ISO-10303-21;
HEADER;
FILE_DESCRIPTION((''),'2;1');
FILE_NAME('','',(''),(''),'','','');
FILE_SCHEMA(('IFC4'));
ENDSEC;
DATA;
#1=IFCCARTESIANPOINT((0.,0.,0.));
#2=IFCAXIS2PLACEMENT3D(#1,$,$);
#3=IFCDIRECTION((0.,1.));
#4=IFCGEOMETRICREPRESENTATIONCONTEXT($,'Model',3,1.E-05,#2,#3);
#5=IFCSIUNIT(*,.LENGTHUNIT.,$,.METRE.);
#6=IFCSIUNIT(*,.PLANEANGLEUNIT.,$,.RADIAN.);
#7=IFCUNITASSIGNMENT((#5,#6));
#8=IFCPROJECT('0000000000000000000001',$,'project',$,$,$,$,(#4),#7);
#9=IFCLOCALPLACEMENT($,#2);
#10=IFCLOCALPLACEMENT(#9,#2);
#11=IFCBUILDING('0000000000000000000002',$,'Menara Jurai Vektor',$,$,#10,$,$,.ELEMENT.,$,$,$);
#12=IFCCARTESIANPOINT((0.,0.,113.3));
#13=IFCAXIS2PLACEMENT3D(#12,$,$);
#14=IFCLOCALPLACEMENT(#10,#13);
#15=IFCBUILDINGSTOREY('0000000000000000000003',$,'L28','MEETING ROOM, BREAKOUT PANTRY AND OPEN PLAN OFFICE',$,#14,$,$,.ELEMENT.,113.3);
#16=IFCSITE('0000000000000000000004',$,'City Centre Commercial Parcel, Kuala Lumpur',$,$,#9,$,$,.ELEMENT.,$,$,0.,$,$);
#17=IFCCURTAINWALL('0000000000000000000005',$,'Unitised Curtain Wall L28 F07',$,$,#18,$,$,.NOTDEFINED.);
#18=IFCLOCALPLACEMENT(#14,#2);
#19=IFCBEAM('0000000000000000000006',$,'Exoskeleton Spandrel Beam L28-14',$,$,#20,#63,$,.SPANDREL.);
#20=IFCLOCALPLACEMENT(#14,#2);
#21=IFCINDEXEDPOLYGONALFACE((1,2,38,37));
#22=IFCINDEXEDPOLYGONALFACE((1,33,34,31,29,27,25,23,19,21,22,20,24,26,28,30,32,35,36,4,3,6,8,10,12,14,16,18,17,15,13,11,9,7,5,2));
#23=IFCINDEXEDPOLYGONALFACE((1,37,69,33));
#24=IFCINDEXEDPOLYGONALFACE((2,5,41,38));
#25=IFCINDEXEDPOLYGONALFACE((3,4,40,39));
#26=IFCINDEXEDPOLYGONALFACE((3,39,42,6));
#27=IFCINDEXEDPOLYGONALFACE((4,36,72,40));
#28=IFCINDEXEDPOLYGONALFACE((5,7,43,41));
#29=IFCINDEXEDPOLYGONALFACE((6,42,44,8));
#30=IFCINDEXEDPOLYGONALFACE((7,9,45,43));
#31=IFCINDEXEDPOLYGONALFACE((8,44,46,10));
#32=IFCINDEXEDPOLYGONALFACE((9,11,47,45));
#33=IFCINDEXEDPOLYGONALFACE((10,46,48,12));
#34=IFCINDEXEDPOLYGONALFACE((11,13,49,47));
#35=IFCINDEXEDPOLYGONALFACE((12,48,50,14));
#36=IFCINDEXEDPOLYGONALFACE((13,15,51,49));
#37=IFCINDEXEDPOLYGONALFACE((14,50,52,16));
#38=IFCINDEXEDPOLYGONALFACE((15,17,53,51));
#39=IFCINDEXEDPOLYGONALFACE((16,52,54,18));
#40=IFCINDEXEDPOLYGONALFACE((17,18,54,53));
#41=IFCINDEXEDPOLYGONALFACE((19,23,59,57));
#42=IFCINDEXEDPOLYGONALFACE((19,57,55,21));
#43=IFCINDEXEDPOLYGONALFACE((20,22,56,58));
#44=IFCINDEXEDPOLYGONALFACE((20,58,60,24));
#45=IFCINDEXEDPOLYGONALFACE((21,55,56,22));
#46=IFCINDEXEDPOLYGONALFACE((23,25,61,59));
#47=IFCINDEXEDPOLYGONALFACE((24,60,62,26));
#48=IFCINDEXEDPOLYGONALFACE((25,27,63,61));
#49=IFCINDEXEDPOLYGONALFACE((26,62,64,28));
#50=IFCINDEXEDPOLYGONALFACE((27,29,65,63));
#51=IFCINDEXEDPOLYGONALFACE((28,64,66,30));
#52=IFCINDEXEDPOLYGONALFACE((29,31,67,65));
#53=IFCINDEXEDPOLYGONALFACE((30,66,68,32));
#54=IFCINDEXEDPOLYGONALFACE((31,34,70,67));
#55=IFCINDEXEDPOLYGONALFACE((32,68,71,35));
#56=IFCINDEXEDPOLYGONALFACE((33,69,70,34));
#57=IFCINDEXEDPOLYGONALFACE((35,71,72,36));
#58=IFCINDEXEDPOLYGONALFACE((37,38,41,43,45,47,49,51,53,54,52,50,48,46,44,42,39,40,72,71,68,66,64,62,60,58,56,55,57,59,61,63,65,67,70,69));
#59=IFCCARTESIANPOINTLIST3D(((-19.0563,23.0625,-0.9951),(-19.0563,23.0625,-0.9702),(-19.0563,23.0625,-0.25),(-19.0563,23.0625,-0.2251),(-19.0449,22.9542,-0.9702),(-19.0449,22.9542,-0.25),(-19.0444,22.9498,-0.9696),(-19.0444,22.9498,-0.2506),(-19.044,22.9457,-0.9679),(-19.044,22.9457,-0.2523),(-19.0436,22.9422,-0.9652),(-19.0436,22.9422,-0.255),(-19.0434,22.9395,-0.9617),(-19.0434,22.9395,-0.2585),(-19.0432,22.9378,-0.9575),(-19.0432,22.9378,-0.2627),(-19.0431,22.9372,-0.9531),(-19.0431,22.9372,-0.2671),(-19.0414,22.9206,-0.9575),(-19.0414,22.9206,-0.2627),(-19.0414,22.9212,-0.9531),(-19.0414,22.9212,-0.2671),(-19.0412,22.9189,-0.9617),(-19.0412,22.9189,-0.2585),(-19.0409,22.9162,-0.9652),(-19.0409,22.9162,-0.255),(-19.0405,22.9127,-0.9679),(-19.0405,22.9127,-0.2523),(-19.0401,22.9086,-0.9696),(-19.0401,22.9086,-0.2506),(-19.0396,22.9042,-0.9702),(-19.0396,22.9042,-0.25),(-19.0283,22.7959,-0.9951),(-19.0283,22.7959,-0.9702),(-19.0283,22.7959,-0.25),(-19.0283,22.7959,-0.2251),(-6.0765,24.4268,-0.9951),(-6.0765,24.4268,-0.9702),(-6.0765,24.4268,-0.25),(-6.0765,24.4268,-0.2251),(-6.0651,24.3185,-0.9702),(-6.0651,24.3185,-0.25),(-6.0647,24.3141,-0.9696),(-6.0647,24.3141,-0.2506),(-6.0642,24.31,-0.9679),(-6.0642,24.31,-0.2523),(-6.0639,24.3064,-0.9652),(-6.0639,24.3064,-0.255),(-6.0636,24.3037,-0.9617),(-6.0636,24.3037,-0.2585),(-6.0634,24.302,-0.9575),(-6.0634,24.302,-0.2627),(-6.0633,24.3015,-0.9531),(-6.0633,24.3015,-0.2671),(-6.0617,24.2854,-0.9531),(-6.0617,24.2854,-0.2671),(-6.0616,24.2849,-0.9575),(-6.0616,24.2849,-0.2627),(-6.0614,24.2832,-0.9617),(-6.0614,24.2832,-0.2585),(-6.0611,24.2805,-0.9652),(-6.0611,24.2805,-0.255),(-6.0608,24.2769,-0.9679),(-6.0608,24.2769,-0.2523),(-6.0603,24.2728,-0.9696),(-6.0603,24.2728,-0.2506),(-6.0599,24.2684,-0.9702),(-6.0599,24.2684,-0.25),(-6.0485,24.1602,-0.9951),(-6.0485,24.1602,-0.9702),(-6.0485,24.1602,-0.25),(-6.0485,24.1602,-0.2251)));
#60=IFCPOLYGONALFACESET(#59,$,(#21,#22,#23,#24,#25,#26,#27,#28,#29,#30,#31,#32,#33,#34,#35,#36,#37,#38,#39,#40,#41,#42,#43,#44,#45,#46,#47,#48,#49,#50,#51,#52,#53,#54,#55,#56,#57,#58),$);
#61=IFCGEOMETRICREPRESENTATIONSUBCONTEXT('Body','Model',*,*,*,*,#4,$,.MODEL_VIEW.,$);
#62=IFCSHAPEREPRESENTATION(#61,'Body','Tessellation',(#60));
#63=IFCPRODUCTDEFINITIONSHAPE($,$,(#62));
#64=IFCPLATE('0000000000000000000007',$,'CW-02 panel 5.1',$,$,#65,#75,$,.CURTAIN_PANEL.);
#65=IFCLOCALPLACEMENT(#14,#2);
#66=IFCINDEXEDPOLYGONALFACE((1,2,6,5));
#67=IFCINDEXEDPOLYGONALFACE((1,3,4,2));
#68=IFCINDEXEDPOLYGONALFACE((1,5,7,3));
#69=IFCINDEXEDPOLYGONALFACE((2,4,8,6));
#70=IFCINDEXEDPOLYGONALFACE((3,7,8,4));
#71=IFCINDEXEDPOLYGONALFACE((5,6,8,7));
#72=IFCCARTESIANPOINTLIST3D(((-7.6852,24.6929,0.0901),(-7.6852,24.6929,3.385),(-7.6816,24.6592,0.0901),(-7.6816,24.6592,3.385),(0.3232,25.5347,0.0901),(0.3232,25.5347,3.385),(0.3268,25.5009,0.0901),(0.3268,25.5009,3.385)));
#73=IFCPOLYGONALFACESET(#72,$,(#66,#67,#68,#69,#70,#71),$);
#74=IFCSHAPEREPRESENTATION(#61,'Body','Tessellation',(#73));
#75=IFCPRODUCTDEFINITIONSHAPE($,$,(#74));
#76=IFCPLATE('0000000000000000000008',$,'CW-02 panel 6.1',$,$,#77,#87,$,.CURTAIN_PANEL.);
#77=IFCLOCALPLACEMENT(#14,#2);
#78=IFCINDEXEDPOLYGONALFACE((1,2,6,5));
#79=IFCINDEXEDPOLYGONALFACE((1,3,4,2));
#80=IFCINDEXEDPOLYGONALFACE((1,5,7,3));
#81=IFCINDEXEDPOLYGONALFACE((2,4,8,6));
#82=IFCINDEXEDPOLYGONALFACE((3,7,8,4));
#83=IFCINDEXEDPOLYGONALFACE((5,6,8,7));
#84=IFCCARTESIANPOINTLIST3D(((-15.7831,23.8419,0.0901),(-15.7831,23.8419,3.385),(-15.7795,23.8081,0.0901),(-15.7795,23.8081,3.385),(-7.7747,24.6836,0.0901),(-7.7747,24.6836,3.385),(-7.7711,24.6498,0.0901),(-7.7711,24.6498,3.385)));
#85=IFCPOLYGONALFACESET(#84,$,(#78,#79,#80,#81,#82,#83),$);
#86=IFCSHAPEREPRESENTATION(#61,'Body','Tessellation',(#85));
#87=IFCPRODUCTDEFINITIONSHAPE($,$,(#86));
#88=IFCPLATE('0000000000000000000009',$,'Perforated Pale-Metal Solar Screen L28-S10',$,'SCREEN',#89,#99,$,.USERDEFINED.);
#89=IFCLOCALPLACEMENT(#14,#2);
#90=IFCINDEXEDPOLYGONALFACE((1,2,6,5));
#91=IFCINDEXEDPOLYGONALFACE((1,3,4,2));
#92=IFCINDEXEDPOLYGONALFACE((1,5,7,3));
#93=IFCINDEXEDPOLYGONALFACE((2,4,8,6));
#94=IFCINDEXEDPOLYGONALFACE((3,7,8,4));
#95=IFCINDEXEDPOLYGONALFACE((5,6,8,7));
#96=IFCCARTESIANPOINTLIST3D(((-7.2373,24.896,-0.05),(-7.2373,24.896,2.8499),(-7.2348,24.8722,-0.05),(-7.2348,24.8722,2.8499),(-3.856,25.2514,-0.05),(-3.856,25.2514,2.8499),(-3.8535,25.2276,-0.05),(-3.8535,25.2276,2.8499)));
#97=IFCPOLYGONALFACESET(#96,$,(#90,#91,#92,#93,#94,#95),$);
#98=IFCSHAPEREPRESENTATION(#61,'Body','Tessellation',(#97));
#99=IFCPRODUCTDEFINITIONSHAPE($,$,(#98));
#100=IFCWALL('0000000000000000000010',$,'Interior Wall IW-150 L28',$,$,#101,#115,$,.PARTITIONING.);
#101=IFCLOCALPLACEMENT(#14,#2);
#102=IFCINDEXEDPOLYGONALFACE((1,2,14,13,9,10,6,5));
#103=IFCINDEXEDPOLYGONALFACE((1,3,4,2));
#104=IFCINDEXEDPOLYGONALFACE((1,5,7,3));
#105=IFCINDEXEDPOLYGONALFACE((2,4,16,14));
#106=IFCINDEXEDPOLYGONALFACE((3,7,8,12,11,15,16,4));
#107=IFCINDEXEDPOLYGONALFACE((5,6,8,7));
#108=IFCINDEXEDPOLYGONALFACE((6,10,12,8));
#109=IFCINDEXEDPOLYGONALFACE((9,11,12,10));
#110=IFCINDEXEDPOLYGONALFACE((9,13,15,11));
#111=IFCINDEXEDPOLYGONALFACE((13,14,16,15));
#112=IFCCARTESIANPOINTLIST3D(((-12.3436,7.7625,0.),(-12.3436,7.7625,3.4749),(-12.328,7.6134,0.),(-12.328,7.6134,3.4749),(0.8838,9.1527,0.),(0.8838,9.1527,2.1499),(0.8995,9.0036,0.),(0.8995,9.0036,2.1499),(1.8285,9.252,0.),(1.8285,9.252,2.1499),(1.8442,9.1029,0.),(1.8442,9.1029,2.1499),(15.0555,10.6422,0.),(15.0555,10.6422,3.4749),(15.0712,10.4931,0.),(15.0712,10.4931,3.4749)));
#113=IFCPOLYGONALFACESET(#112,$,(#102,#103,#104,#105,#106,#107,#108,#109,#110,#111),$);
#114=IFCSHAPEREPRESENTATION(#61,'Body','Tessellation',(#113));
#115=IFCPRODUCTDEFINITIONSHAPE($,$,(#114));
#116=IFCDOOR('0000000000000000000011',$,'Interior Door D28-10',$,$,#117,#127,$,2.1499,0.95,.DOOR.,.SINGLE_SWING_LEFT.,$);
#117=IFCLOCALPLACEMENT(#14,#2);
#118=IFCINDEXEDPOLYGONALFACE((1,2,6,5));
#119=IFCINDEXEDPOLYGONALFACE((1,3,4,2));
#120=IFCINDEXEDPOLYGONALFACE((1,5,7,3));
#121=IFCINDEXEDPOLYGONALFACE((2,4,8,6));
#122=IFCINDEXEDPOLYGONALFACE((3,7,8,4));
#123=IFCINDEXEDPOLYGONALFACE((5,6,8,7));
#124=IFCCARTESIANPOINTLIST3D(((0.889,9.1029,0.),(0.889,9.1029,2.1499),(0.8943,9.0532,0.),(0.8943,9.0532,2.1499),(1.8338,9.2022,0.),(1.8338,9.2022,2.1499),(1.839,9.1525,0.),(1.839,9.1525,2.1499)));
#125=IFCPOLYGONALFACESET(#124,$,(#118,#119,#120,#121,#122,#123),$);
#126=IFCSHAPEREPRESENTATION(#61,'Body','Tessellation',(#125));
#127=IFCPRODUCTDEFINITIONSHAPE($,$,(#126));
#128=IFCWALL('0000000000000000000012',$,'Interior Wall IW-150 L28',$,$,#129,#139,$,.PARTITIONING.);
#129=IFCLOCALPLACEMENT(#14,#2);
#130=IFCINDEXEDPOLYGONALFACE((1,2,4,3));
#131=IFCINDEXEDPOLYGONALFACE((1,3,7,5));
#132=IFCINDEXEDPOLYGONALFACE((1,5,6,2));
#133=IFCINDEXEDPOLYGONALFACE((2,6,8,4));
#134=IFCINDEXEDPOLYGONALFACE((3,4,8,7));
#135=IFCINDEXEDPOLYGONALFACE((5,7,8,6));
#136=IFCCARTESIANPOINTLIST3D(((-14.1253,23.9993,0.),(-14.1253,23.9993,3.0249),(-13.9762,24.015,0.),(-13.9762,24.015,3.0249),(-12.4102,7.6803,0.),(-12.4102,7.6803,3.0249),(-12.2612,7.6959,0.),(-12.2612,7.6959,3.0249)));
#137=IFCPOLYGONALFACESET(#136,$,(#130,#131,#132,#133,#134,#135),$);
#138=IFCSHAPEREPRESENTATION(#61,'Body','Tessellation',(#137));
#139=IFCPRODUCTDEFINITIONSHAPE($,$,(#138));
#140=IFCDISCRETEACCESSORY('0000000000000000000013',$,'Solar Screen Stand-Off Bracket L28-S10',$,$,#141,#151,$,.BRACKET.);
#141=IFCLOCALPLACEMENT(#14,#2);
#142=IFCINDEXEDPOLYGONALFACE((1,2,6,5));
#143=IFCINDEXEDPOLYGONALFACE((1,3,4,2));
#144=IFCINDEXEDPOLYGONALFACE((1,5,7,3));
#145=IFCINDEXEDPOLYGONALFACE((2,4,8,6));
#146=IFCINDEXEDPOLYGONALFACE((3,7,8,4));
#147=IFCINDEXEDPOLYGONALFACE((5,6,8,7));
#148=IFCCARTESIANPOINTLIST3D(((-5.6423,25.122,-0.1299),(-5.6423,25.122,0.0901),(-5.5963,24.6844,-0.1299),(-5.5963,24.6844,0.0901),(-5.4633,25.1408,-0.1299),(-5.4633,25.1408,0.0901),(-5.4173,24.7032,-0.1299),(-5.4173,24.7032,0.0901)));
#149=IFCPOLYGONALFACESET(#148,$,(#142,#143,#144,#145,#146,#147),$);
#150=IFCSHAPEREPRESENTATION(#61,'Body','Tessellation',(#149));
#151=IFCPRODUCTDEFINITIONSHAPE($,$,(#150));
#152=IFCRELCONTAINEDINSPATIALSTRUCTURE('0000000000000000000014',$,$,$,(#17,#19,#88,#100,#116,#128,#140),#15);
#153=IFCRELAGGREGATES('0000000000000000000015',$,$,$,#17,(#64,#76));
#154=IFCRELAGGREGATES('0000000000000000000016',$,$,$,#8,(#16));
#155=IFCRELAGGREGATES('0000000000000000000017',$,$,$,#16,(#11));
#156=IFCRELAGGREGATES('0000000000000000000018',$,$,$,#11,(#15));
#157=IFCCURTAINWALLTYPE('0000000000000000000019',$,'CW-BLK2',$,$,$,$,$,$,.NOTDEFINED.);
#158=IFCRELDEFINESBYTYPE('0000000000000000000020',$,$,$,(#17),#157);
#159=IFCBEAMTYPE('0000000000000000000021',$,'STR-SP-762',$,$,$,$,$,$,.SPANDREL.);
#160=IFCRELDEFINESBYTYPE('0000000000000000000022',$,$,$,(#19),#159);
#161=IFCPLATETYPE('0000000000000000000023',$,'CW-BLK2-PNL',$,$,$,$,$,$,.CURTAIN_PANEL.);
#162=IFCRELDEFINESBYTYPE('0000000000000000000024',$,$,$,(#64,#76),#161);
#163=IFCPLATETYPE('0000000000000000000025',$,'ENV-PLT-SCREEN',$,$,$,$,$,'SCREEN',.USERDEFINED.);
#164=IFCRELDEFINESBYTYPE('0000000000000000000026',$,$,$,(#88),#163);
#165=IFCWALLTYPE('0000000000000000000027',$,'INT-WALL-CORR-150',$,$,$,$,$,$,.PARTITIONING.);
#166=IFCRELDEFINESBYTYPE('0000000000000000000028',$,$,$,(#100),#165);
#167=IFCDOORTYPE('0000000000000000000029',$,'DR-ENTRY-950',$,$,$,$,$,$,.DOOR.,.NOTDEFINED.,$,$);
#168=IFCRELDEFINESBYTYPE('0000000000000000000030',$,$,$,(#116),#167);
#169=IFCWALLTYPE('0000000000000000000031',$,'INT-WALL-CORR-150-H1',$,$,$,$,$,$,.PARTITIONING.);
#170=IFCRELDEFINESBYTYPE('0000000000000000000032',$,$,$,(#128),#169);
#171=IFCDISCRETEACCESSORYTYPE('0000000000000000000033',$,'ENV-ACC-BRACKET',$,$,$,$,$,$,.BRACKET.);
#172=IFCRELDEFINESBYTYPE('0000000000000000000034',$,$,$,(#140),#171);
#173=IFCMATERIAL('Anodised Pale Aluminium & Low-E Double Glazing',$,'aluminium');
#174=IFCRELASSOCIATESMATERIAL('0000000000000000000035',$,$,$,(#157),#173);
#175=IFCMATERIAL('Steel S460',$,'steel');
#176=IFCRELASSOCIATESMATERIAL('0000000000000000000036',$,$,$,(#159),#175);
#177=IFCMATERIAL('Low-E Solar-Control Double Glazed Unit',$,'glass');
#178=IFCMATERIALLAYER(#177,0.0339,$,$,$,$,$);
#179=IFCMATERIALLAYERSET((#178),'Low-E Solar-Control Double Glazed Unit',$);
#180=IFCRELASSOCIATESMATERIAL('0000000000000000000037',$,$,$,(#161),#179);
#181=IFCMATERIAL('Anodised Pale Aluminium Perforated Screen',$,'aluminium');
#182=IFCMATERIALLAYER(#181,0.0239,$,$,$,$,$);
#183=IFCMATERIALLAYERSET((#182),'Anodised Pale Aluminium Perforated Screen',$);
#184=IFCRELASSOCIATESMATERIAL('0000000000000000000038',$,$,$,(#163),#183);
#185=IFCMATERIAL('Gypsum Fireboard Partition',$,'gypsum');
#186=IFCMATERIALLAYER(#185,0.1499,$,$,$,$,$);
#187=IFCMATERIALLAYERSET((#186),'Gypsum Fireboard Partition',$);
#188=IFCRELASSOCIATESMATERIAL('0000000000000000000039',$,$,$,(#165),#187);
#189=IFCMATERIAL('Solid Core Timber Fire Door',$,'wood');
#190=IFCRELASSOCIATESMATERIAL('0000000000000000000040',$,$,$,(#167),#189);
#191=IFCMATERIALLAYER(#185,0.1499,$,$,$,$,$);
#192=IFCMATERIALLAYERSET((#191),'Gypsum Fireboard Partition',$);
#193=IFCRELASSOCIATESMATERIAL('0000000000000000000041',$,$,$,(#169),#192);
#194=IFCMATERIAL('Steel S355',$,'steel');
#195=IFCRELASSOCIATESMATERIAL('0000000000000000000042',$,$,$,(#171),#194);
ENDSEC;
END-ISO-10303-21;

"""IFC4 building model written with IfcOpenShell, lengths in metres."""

from ifc_helpers import new_model, si_unit, direction, frame, frame_2d, origin, origin_2d, place, context, subcontext, project, spatial, rectangle, i_section, extrude, material, layer, layer_set, material_profile, profile_set, type_object, element, fill, aggregate, save


model = new_model("IFC4")

# Units and contexts
model_context = context("Model", 3, precision=1e-05, world=origin(), true_north=direction((0.0, 1.0)))
body_context = subcontext(model_context, "Body", "Model", "MODEL_VIEW")
ifc_project = project(units=[si_unit("LENGTHUNIT", "METRE"), si_unit("PLANEANGLEUNIT", "RADIAN")], contexts=[model_context])

# Site, building, storey
site_placement = place(None, origin())
site = spatial("IfcSite", under=ifc_project, at=site_placement, Name="City Centre Commercial Parcel, Kuala Lumpur", CompositionType="ELEMENT", RefElevation=0.0)
building_placement = place(site_placement, origin())
building = spatial("IfcBuilding", under=site, at=building_placement, Name="Menara Jurai Vektor", CompositionType="ELEMENT")
storey_placement = place(building_placement, frame((0.0, 0.0, 113.3)))
storey = spatial("IfcBuildingStorey", under=building, at=storey_placement, Name="L28", Description="MEETING ROOM, BREAKOUT PANTRY AND OPEN PLAN OFFICE", CompositionType="ELEMENT", Elevation=113.3)

# Shared definitions
ifc_material_1 = material(Name="Steel S460", Category="steel")

# Curtain wall
ifc_material_2 = material(Name="Anodised Pale Aluminium & Low-E Double Glazing", Category="aluminium")
curtain_wall_type = type_object("IfcCurtainWallType", Name="CW-BLK2", PredefinedType="NOTDEFINED", material=ifc_material_2)
curtain_wall_placement = place(storey_placement, origin())
curtain_wall = element("IfcCurtainWall", 1, at=curtain_wall_placement, inside=storey, type_object=curtain_wall_type, Name="Unitised Curtain Wall L28 F07", PredefinedType="NOTDEFINED")

# Beam
ifc_material_3 = material(Name="Steel S355", Category="steel")
ifc_material_profile_1 = material_profile(ifc_material_1, i_section(OverallWidth=0.2681, OverallDepth=0.77, WebThickness=0.0161, FlangeThickness=0.0249, FilletRadius=0.0171, at=origin_2d()), Name="UKB 762x267x197")
ifc_profile_set_1 = profile_set([ifc_material_profile_1], Name="Steel S460")
beam_type_1 = type_object("IfcBeamType", Name="STR-SP-762", PredefinedType="SPANDREL", material=ifc_profile_set_1)
beam_1_placement = place(storey_placement, frame((-6.0625, 24.2935, -0.6101), z_axis=(-0.994522, -0.104531, 0.0), x_axis=(0.104531, -0.994522, 0.0)))
element("IfcBeam", 2, at=beam_1_placement, inside=storey, type_object=beam_type_1, Name="Exoskeleton Spandrel Beam L28-14", PredefinedType="SPANDREL", context=body_context, shape_type="SweptSolid", body=[
    extrude(i_section(OverallWidth=0.2681, OverallDepth=0.77, WebThickness=0.0161, FlangeThickness=0.0249, FilletRadius=0.0171, at=origin_2d()), origin(), (0.0, 0.0, 1.0), 13.0513),
])

# Plates
ifc_material_4 = material(Name="Low-E Solar-Control Double Glazed Unit", Category="glass")
ifc_layer_1 = layer(ifc_material_4, 0.0339)
ifc_layer_set_1 = layer_set([ifc_layer_1], Name="Low-E Solar-Control Double Glazed Unit")
plate_type_1 = type_object("IfcPlateType", Name="CW-BLK2-PNL", PredefinedType="CURTAIN_PANEL", material=ifc_layer_set_1)
plate_1_placement = place(storey_placement, frame((-3.6792, 25.0969, 0.0901), z_axis=(0.0, 0.0, 1.0), x_axis=(-0.994522, -0.104529, 0.0)))
plate_1 = element("IfcPlate", 3, at=plate_1_placement, type_object=plate_type_1, Name="CW-02 panel 5.1", PredefinedType="CURTAIN_PANEL", context=body_context, shape_type="SweptSolid", body=[
    extrude(rectangle(XDim=8.0525, YDim=0.0339, at=origin_2d()), origin(), (0.0, 0.0, 1.0), 3.2949),
])
plate_2_placement = place(storey_placement, frame((-11.7771, 24.2458, 0.0901), z_axis=(0.0, 0.0, 1.0), x_axis=(-0.994522, -0.104529, 0.0)))
plate_2 = element("IfcPlate", 4, at=plate_2_placement, type_object=plate_type_1, Name="CW-02 panel 6.1", PredefinedType="CURTAIN_PANEL", context=body_context, shape_type="SweptSolid", body=[
    extrude(rectangle(XDim=8.0525, YDim=0.0339, at=origin_2d()), origin(), (0.0, 0.0, 1.0), 3.2949),
])
aggregate(curtain_wall, [plate_1, plate_2])
ifc_material_5 = material(Name="Anodised Pale Aluminium Perforated Screen", Category="aluminium")
ifc_layer_2 = layer(ifc_material_5, 0.0239)
ifc_layer_set_2 = layer_set([ifc_layer_2], Name="Anodised Pale Aluminium Perforated Screen")
plate_type_2 = type_object("IfcPlateType", Name="ENV-PLT-SCREEN", ElementType="SCREEN", PredefinedType="USERDEFINED", material=ifc_layer_set_2)
plate_3_placement = place(storey_placement, frame((-5.5454, 25.0618, -0.05), z_axis=(0.0, 0.0, 1.0), x_axis=(-0.994522, -0.104528, 0.0)))
element("IfcPlate", 5, at=plate_3_placement, inside=storey, type_object=plate_type_2, Name="Perforated Pale-Metal Solar Screen L28-S10", ObjectType="SCREEN", PredefinedType="USERDEFINED", context=body_context, shape_type="SweptSolid", body=[
    extrude(rectangle(XDim=3.3999, YDim=0.0239, at=origin_2d()), origin(), (0.0, 0.0, 1.0), 2.8999),
])

# Wall, opening, door
ifc_material_6 = material(Name="Gypsum Fireboard Partition", Category="gypsum")
ifc_layer_3 = layer(ifc_material_6, 0.1499)
ifc_layer_set_3 = layer_set([ifc_layer_3], Name="Gypsum Fireboard Partition")
wall_type_1 = type_object("IfcWallType", Name="INT-WALL-CORR-150", PredefinedType="PARTITIONING", material=ifc_layer_set_3)
wall_1_placement = place(storey_placement, frame((-12.3357, 7.688, 0.0), z_axis=(0.0, 0.0, 1.0), x_axis=(0.994522, 0.104524, 0.0)))
wall_1 = element("IfcWall", 6, at=wall_1_placement, inside=storey, type_object=wall_type_1, Name="Interior Wall IW-150 L28", PredefinedType="PARTITIONING", context=body_context, shape_type="SweptSolid", body=[
    extrude(rectangle(XDim=27.55, YDim=0.1499, at=frame_2d((13.7749, 0.0))), origin(), (0.0, 0.0, 1.0), 3.4749),
])
opening_placement = place(wall_1_placement, frame((13.3, 0.0, 0.0)))
opening = element("IfcOpeningElement", 7, at=opening_placement, cuts=wall_1, PredefinedType="OPENING", context=body_context, shape_type="SweptSolid", body=[
    extrude(rectangle(XDim=0.95, YDim=2.1499, at=frame_2d((0.4751, 1.075))), frame((0.0, 0.085, 0.0), z_axis=(0.0, -1.0, 0.0), x_axis=(1.0, 0.0, 0.0)), (0.0, 0.0, 1.0), 0.1699),
])
ifc_material_7 = material(Name="Solid Core Timber Fire Door", Category="wood")
door_type = type_object("IfcDoorType", Name="DR-ENTRY-950", OperationType="NOTDEFINED", PredefinedType="DOOR", material=ifc_material_7)
door_placement = place(opening_placement, origin())
door = element("IfcDoor", 8, at=door_placement, inside=storey, type_object=door_type, Name="Interior Door D28-10", OperationType="SINGLE_SWING_LEFT", OverallHeight=2.1499, OverallWidth=0.95, PredefinedType="DOOR", context=body_context, shape_type="SweptSolid", body=[
    extrude(rectangle(XDim=0.95, YDim=2.1499, at=frame_2d((0.4751, 1.075))), frame((0.0, 0.0249, 0.0), z_axis=(0.0, -1.0, 0.0), x_axis=(1.0, 0.0, 0.0)), (0.0, 0.0, 1.0), 0.05),
])
fill(opening, door)

# Wall
ifc_layer_4 = layer(ifc_material_6, 0.1499)
ifc_layer_set_4 = layer_set([ifc_layer_4], Name="Gypsum Fireboard Partition")
wall_type_2 = type_object("IfcWallType", Name="INT-WALL-CORR-150-H1", PredefinedType="PARTITIONING", material=ifc_layer_set_4)
wall_2_placement = place(storey_placement, frame((-12.3357, 7.688, 0.0), z_axis=(0.0, 0.0, 1.0), x_axis=(-0.104521, 0.994523, 0.0)))
element("IfcWall", 9, at=wall_2_placement, inside=storey, type_object=wall_type_2, Name="Interior Wall IW-150 L28", PredefinedType="PARTITIONING", context=body_context, shape_type="SweptSolid", body=[
    extrude(rectangle(XDim=16.4089, YDim=0.1499, at=frame_2d((8.2046, 0.0))), origin(), (0.0, 0.0, 1.0), 3.0249),
])

# Discrete accessory
discrete_accessory_type = type_object("IfcDiscreteAccessoryType", Name="ENV-ACC-BRACKET", PredefinedType="BRACKET", material=ifc_material_3)
discrete_accessory_placement = place(storey_placement, frame((-5.5298, 24.9126, -0.1299), z_axis=(0.0, 0.0, 1.0), x_axis=(-0.994522, -0.104528, 0.0)))
element("IfcDiscreteAccessory", 10, at=discrete_accessory_placement, inside=storey, type_object=discrete_accessory_type, Name="Solar Screen Stand-Off Bracket L28-S10", PredefinedType="BRACKET", context=body_context, shape_type="SweptSolid", body=[
    extrude(rectangle(XDim=0.1799, YDim=0.4399, at=origin_2d()), origin(), (0.0, 0.0, 1.0), 0.22),
])

save(model, "model.ifc")
